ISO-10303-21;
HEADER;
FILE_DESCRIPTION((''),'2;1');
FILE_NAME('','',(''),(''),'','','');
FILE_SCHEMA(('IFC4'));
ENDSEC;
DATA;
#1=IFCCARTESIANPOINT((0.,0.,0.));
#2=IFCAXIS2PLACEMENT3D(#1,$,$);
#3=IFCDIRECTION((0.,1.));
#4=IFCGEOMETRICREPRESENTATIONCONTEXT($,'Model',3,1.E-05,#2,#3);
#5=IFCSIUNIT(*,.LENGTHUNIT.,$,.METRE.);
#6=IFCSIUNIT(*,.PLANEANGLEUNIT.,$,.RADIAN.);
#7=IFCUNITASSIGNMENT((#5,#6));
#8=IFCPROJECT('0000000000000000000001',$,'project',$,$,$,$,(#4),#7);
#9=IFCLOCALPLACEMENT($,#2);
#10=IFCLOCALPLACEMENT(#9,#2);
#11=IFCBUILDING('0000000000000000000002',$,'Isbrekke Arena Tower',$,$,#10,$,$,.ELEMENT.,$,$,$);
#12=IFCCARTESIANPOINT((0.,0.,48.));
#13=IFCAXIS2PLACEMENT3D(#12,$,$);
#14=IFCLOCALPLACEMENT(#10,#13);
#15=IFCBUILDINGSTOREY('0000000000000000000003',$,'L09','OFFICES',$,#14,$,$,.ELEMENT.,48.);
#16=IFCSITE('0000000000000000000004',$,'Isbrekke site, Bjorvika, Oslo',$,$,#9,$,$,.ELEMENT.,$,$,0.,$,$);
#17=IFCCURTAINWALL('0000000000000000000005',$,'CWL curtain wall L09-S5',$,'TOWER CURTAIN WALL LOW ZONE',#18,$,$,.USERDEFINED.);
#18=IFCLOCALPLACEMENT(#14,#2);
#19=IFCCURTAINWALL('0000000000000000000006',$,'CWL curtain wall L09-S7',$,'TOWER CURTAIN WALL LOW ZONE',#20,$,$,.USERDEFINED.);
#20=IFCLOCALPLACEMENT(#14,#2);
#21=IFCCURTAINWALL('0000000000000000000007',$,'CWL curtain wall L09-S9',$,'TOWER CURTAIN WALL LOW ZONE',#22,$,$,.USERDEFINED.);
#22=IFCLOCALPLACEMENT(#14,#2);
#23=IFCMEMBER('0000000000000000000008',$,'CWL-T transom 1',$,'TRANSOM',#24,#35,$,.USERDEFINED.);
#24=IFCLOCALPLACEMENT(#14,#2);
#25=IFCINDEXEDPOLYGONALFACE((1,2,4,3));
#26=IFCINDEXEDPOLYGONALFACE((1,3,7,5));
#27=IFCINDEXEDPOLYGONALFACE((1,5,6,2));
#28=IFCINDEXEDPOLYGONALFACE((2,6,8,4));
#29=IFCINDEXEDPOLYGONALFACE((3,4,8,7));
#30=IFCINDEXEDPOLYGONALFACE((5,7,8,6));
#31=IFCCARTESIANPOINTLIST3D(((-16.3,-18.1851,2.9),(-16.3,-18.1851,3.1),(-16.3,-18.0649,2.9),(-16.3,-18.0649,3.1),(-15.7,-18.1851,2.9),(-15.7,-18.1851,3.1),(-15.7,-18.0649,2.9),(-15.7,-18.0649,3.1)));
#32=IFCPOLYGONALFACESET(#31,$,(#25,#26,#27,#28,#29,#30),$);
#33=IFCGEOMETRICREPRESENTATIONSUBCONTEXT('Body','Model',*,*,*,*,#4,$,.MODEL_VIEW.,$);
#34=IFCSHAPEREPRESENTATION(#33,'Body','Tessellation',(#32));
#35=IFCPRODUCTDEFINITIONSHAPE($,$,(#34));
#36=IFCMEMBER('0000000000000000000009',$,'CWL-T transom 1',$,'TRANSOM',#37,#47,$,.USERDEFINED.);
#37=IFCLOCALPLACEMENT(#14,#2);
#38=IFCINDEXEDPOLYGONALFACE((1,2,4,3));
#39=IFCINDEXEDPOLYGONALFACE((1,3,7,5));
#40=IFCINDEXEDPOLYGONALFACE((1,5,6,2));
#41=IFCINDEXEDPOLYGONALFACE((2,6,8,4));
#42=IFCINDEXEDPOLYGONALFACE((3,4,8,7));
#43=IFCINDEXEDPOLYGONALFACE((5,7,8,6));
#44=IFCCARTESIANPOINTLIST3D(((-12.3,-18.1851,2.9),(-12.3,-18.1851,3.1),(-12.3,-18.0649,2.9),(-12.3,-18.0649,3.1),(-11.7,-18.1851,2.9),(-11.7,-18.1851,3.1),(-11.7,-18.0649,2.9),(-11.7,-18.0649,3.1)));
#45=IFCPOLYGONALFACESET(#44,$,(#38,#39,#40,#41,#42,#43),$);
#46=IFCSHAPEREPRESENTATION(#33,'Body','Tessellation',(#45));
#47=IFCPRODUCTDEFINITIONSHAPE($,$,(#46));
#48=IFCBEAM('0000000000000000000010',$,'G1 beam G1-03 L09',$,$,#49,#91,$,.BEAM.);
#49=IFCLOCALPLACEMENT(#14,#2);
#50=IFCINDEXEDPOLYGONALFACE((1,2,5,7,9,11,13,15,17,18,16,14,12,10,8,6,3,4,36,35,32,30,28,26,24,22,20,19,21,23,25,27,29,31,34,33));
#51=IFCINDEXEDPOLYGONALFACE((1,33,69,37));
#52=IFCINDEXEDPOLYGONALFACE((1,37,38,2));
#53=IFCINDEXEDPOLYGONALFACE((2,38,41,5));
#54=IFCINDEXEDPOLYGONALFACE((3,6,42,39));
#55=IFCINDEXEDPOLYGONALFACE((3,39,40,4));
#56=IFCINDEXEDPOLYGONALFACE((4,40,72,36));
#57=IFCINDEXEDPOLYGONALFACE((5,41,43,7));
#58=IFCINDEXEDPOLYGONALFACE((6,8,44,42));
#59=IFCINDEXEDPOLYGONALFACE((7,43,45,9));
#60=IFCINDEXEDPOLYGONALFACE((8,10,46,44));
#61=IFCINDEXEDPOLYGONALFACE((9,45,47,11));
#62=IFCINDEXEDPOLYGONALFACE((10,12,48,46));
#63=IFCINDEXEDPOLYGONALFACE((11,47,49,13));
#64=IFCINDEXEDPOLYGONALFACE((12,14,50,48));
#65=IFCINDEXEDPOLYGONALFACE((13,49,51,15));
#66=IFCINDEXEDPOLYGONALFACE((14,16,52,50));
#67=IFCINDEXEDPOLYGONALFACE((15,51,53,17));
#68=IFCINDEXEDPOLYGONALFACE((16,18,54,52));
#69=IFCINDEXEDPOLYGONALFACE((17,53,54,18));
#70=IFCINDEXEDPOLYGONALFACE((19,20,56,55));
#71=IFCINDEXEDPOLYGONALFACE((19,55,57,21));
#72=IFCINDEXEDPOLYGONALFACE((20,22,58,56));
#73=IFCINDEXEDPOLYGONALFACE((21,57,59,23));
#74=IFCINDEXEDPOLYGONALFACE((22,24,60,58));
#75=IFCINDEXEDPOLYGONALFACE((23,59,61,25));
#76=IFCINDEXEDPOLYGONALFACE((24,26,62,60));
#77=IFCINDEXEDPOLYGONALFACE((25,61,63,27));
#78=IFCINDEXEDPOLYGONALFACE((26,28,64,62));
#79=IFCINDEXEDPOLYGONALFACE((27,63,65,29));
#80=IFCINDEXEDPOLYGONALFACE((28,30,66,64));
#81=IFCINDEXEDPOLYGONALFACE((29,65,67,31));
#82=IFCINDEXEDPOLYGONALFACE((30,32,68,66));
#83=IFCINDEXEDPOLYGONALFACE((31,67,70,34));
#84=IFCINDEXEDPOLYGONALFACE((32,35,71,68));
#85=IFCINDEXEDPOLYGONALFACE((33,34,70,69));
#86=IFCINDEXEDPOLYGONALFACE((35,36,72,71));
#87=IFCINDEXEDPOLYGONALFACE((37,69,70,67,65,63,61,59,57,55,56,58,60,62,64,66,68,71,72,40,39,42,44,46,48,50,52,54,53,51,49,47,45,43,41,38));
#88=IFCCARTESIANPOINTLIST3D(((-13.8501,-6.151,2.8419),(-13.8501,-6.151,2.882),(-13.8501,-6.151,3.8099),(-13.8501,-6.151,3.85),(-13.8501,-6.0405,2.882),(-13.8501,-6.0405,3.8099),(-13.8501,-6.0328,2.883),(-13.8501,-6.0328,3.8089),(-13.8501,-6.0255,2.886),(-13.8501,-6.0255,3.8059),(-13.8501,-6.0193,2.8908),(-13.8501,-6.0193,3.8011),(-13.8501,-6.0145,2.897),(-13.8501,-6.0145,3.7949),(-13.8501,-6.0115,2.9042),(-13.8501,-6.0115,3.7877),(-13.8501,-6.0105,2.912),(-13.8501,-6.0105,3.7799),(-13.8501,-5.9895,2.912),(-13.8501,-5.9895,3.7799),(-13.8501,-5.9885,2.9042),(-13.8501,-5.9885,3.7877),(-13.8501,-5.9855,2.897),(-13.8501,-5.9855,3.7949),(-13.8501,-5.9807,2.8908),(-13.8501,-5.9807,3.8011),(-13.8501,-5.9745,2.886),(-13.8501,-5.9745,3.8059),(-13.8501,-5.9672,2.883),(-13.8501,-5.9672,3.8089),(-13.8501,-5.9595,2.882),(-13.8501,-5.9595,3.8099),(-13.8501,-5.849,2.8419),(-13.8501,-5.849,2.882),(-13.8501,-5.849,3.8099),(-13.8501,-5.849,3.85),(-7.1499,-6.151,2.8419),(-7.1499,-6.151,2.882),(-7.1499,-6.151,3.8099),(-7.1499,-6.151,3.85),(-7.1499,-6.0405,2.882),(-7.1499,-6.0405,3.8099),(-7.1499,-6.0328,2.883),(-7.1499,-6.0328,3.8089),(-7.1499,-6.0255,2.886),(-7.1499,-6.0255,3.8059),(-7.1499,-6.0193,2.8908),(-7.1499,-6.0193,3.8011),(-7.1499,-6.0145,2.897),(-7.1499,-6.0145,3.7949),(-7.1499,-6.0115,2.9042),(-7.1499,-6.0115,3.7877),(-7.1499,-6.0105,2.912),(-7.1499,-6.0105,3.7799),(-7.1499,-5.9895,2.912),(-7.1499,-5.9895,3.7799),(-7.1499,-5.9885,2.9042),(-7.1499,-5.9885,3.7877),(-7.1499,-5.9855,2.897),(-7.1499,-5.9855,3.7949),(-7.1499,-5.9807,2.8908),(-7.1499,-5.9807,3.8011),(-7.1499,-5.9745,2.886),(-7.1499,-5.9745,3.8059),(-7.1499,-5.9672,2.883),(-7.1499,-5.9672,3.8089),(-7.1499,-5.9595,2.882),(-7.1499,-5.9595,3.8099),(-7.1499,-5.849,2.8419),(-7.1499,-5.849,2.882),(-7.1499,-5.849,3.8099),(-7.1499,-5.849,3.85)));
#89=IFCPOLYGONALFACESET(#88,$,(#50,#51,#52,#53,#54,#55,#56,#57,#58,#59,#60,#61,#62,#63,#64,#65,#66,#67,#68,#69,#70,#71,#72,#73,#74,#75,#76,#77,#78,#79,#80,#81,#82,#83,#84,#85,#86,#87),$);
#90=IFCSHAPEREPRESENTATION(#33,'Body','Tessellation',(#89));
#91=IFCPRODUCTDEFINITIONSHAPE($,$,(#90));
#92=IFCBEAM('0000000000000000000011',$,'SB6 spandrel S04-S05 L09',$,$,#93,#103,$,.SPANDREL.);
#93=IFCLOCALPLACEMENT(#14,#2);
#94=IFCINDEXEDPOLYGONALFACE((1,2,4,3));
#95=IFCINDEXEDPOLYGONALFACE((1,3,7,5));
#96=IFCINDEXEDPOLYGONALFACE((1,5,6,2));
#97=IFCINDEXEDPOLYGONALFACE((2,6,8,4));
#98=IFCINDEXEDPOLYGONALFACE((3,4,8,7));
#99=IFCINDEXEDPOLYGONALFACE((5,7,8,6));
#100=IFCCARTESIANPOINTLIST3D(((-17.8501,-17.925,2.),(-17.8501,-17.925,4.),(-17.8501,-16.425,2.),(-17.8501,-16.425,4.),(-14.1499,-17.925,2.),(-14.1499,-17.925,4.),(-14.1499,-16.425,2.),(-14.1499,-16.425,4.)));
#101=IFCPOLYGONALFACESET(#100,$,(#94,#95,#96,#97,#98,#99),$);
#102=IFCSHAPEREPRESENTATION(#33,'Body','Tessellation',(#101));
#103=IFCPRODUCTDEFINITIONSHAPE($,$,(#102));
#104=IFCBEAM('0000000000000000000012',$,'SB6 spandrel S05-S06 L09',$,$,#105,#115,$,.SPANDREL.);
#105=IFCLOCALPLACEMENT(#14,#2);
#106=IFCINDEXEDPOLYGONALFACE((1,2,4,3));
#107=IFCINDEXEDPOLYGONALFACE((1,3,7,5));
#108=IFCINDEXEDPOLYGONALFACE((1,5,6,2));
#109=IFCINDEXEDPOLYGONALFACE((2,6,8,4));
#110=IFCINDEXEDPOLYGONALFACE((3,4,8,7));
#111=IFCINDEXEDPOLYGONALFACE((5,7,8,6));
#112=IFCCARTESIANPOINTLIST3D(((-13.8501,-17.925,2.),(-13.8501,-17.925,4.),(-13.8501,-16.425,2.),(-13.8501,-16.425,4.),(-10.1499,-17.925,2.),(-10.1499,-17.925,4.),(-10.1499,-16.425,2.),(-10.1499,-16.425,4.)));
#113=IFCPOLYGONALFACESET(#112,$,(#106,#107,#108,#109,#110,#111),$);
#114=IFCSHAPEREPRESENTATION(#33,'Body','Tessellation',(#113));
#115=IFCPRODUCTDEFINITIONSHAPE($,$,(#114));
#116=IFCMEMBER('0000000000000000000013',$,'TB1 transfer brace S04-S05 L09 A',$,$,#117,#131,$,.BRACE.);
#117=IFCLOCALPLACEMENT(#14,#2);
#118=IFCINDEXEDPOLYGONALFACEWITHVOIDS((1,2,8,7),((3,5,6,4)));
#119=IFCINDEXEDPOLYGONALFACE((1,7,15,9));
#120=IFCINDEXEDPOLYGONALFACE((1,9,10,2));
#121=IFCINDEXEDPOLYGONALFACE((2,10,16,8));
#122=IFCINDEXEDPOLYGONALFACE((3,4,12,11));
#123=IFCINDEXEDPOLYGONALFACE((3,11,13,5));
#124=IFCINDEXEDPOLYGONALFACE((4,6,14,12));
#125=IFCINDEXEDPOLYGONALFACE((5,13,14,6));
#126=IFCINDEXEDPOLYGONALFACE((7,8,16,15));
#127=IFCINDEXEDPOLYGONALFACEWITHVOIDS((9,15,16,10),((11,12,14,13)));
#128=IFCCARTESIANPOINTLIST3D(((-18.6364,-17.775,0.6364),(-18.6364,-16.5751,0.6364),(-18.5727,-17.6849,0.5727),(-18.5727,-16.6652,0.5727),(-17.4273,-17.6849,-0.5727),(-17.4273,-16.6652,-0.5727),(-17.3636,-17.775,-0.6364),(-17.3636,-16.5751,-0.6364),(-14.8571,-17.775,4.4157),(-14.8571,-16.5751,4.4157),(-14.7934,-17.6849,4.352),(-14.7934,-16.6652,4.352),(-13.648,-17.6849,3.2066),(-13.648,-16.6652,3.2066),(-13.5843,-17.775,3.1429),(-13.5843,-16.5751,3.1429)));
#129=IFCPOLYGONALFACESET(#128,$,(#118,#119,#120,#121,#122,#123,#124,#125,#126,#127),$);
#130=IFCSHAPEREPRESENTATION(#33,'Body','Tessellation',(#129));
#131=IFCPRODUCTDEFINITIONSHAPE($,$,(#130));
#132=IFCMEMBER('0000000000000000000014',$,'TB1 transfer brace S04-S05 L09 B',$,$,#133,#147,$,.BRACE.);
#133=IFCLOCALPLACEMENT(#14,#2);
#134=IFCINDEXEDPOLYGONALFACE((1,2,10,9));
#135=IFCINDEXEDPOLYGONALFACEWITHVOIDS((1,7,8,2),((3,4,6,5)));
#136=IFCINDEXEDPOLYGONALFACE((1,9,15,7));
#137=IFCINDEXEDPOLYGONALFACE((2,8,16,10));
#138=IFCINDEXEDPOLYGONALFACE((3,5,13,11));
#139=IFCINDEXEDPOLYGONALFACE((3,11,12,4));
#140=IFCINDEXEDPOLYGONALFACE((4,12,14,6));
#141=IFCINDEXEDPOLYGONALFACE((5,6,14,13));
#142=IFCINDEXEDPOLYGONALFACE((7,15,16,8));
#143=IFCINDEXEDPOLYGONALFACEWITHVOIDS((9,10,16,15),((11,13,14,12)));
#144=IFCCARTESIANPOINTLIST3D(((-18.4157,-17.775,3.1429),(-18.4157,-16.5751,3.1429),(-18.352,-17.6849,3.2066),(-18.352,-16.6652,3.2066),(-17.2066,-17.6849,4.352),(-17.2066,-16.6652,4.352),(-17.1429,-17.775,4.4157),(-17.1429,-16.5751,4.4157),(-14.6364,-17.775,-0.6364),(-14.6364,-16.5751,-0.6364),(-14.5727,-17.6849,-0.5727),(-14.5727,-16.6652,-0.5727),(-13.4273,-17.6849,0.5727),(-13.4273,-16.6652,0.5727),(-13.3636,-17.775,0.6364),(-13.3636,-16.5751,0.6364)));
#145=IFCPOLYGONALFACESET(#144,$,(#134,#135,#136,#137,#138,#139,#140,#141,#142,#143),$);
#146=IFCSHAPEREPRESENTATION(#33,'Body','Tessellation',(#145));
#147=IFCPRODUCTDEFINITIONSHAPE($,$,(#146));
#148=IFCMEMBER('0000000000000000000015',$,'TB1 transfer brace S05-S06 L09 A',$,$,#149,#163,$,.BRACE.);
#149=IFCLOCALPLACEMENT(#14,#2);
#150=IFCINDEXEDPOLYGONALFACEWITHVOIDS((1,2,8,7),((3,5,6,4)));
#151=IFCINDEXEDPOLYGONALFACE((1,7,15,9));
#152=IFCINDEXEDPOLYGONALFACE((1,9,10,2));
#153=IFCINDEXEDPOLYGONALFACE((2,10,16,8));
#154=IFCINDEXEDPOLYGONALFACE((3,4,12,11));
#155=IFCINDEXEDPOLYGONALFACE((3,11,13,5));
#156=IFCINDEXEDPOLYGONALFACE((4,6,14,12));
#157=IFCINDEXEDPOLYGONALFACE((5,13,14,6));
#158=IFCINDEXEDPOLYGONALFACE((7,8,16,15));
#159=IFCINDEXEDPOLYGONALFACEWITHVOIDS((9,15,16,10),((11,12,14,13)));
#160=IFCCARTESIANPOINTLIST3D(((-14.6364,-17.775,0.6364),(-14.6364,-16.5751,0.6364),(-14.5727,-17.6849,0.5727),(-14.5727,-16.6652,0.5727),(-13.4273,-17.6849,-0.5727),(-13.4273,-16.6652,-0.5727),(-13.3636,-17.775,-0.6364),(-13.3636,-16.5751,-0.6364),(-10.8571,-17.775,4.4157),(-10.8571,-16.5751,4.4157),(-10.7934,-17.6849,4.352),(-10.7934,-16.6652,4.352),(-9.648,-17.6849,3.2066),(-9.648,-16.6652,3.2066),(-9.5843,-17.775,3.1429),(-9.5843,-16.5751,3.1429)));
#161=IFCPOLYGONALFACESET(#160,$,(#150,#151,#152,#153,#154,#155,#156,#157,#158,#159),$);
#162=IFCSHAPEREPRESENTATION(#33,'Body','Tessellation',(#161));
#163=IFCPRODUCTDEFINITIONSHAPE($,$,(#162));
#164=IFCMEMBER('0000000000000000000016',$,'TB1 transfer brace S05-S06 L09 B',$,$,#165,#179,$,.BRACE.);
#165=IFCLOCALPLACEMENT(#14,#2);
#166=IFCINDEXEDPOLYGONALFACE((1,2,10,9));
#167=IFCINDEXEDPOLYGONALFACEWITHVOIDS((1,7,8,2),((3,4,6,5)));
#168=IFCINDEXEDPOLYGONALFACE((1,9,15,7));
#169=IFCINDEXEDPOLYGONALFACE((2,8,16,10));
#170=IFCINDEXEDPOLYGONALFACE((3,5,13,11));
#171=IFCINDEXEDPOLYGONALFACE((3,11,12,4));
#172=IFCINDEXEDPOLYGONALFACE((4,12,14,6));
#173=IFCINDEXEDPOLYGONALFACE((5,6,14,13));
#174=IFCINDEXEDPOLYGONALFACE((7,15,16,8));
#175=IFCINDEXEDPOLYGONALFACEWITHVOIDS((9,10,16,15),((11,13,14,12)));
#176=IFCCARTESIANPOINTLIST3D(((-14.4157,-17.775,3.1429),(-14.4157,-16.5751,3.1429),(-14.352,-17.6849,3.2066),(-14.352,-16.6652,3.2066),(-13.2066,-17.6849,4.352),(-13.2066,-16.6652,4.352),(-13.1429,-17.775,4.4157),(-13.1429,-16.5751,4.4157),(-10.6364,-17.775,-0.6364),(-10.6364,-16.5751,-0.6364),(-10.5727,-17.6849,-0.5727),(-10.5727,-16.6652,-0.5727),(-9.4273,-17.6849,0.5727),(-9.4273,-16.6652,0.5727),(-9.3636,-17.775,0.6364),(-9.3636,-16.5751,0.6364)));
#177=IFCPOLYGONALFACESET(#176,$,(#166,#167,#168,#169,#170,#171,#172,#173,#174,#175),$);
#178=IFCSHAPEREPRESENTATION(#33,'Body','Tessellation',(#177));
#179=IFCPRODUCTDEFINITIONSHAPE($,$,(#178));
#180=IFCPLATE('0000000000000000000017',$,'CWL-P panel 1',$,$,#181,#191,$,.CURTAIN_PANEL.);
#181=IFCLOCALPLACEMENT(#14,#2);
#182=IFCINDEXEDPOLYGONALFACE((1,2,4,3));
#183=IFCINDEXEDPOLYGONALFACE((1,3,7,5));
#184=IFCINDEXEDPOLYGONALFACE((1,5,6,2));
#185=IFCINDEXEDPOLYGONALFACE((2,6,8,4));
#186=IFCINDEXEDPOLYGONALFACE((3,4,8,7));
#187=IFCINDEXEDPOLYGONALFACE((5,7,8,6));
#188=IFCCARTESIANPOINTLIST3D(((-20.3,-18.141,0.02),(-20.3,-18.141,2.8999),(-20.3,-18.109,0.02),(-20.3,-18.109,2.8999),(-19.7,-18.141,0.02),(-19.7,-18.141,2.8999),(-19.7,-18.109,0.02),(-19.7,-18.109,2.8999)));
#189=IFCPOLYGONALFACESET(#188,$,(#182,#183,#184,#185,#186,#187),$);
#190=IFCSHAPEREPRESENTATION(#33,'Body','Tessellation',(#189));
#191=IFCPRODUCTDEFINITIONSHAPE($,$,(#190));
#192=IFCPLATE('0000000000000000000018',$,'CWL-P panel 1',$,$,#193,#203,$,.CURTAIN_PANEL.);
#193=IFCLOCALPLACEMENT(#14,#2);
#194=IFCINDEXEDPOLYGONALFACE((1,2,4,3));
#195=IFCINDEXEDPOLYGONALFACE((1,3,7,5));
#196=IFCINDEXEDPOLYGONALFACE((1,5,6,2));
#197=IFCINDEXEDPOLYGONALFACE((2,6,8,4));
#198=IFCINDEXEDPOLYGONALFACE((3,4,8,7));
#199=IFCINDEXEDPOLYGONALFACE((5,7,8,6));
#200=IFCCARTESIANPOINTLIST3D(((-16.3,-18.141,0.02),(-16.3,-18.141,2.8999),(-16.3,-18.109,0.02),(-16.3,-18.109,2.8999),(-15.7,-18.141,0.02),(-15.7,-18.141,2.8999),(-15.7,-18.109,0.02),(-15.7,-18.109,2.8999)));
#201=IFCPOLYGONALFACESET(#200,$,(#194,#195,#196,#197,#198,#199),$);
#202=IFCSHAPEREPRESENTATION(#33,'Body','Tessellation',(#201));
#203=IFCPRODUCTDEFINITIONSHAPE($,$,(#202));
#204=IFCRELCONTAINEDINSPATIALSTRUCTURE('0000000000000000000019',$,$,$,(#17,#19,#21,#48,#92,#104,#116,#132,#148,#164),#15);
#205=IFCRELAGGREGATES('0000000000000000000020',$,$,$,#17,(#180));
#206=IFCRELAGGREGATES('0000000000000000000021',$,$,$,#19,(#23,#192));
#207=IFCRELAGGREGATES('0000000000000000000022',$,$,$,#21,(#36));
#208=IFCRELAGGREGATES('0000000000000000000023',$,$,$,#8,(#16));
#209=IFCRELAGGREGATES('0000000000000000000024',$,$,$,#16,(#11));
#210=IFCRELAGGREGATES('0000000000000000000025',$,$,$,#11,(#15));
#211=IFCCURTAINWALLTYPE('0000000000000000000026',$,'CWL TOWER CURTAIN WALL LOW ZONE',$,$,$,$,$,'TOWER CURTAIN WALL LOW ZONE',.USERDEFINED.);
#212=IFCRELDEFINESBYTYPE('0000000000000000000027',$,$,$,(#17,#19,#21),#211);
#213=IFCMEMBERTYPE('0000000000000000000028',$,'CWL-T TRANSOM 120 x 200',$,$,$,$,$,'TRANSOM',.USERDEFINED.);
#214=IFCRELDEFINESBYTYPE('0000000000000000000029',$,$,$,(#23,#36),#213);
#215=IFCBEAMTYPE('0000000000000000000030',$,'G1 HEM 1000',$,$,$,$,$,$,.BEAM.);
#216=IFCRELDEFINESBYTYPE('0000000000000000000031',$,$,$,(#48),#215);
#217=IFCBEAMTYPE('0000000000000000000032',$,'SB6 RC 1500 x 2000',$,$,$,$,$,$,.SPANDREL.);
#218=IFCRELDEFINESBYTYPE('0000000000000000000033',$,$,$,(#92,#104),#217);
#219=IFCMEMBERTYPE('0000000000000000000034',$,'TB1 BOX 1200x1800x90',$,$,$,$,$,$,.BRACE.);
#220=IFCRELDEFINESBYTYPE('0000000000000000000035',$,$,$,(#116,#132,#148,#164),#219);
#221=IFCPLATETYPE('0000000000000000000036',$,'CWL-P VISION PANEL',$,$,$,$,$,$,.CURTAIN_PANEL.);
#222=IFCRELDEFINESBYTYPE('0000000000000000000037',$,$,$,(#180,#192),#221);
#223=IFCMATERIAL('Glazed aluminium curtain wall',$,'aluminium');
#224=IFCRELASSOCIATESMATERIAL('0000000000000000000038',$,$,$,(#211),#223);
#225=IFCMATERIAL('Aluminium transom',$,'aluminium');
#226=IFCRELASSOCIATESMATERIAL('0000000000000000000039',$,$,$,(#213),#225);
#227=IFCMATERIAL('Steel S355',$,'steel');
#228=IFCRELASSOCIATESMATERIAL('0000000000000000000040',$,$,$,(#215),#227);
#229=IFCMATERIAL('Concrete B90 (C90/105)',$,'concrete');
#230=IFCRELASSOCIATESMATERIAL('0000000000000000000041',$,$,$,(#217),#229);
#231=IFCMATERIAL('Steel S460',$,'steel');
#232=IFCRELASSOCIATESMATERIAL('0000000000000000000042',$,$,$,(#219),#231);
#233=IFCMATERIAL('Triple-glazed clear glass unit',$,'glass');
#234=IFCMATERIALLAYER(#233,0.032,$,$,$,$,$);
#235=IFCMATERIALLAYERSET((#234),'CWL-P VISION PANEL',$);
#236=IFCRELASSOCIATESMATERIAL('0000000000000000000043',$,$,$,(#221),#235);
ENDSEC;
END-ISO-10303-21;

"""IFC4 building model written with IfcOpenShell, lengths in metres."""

from ifc_helpers import new_model, si_unit, direction, frame, origin, origin_2d, place, context, subcontext, project, spatial, rectangle, hollow_rectangle, i_section, extrude, material, layer, layer_set, material_profile, profile_set, type_object, element, aggregate, save


model = new_model("IFC4")

# Units and contexts
model_context = context("Model", 3, precision=1e-05, world=origin(), true_north=direction((0.0, 1.0)))
body_context = subcontext(model_context, "Body", "Model", "MODEL_VIEW")
ifc_project = project(units=[si_unit("LENGTHUNIT", "METRE"), si_unit("PLANEANGLEUNIT", "RADIAN")], contexts=[model_context])

# Site, building, storey
site_placement = place(None, origin())
site = spatial("IfcSite", under=ifc_project, at=site_placement, Name="Isbrekke site, Bjorvika, Oslo", CompositionType="ELEMENT", RefElevation=0.0)
building_placement = place(site_placement, origin())
building = spatial("IfcBuilding", under=site, at=building_placement, Name="Isbrekke Arena Tower", CompositionType="ELEMENT")
storey_placement = place(building_placement, frame((0.0, 0.0, 48.0)))
storey = spatial("IfcBuildingStorey", under=building, at=storey_placement, Name="L09", Description="OFFICES", CompositionType="ELEMENT", Elevation=48.0)

# Curtain walls
ifc_material_1 = material(Name="Glazed aluminium curtain wall", Category="aluminium")
curtain_wall_type = type_object("IfcCurtainWallType", Name="CWL TOWER CURTAIN WALL LOW ZONE", ElementType="TOWER CURTAIN WALL LOW ZONE", PredefinedType="USERDEFINED", material=ifc_material_1)
curtain_wall_1_placement = place(storey_placement, origin())
curtain_wall_1 = element("IfcCurtainWall", 1, at=curtain_wall_1_placement, inside=storey, type_object=curtain_wall_type, Name="CWL curtain wall L09-S5", ObjectType="TOWER CURTAIN WALL LOW ZONE", PredefinedType="USERDEFINED")
curtain_wall_2_placement = place(storey_placement, origin())
curtain_wall_2 = element("IfcCurtainWall", 2, at=curtain_wall_2_placement, inside=storey, type_object=curtain_wall_type, Name="CWL curtain wall L09-S7", ObjectType="TOWER CURTAIN WALL LOW ZONE", PredefinedType="USERDEFINED")
curtain_wall_3_placement = place(storey_placement, origin())
curtain_wall_3 = element("IfcCurtainWall", 3, at=curtain_wall_3_placement, inside=storey, type_object=curtain_wall_type, Name="CWL curtain wall L09-S9", ObjectType="TOWER CURTAIN WALL LOW ZONE", PredefinedType="USERDEFINED")

# Members
ifc_material_2 = material(Name="Aluminium transom", Category="aluminium")
ifc_material_profile_1 = material_profile(ifc_material_2, rectangle(XDim=0.1201, YDim=0.2, at=origin_2d()), Name="TRANSOM 120X200")
ifc_profile_set_1 = profile_set([ifc_material_profile_1], Name="Aluminium transom")
member_type_1 = type_object("IfcMemberType", Name="CWL-T TRANSOM 120 x 200", ElementType="TRANSOM", PredefinedType="USERDEFINED", material=ifc_profile_set_1)
member_1_placement = place(storey_placement, frame((-16.3, -18.125, 3.0), z_axis=(1.0, 0.0, 0.0), x_axis=(0.0, 1.0, 0.0)))
member_1 = element("IfcMember", 4, at=member_1_placement, type_object=member_type_1, Name="CWL-T transom 1", ObjectType="TRANSOM", PredefinedType="USERDEFINED", context=body_context, shape_type="SweptSolid", body=[
    extrude(rectangle(XDim=0.1201, YDim=0.2, at=origin_2d()), origin(), (0.0, 0.0, 1.0), 0.6001),
])
member_2_placement = place(storey_placement, frame((-12.3, -18.125, 3.0), z_axis=(1.0, 0.0, 0.0), x_axis=(0.0, 1.0, 0.0)))
member_2 = element("IfcMember", 5, at=member_2_placement, type_object=member_type_1, Name="CWL-T transom 1", ObjectType="TRANSOM", PredefinedType="USERDEFINED", context=body_context, shape_type="SweptSolid", body=[
    extrude(rectangle(XDim=0.1201, YDim=0.2, at=origin_2d()), origin(), (0.0, 0.0, 1.0), 0.6001),
])

# Beams
ifc_material_3 = material(Name="Steel S355", Category="steel")
ifc_material_profile_2 = material_profile(ifc_material_3, i_section(OverallWidth=0.302, OverallDepth=1.0081, WebThickness=0.021, FlangeThickness=0.04, FilletRadius=0.03, at=origin_2d()), Name="HEM 1000")
ifc_profile_set_2 = profile_set([ifc_material_profile_2], Name="Steel S355")
beam_type_1 = type_object("IfcBeamType", Name="G1 HEM 1000", PredefinedType="BEAM", material=ifc_profile_set_2)
beam_1_placement = place(storey_placement, frame((-13.8501, -6.0, 3.3459), z_axis=(1.0, 0.0, 0.0), x_axis=(0.0, 1.0, 0.0)))
element("IfcBeam", 6, at=beam_1_placement, inside=storey, type_object=beam_type_1, Name="G1 beam G1-03 L09", PredefinedType="BEAM", context=body_context, shape_type="SweptSolid", body=[
    extrude(i_section(OverallWidth=0.302, OverallDepth=1.0081, WebThickness=0.021, FlangeThickness=0.04, FilletRadius=0.03, at=origin_2d()), origin(), (0.0, 0.0, 1.0), 6.7002),
])
ifc_material_4 = material(Name="Concrete B90 (C90/105)", Category="concrete")
ifc_material_profile_3 = material_profile(ifc_material_4, rectangle(XDim=1.5, YDim=2.0, at=origin_2d()), Name="RC 1500x2000")
ifc_profile_set_3 = profile_set([ifc_material_profile_3], Name="Concrete B90 (C90/105)")
beam_type_2 = type_object("IfcBeamType", Name="SB6 RC 1500 x 2000", PredefinedType="SPANDREL", material=ifc_profile_set_3)
for number, where, z_axis, x_axis, name in (
    (7, (-17.8501, -17.175, 3.0), (1.0, 0.0, 0.0), (0.0, 1.0, 0.0), "SB6 spandrel S04-S05 L09"),
    (8, (-13.8501, -17.175, 3.0), (1.0, 0.0, 0.0), (0.0, 1.0, 0.0), "SB6 spandrel S05-S06 L09"),
):
    element("IfcBeam", number, at=place(storey_placement, frame(where, z_axis=z_axis, x_axis=x_axis)), inside=storey, type_object=beam_type_2, Name=name, PredefinedType="SPANDREL", context=body_context, shape_type="SweptSolid", body=[
        extrude(rectangle(XDim=1.5, YDim=2.0, at=origin_2d()), origin(), (0.0, 0.0, 1.0), 3.7002),
    ])

# Members
ifc_material_5 = material(Name="Steel S460", Category="steel")
ifc_material_profile_4 = material_profile(ifc_material_5, hollow_rectangle(XDim=1.2, YDim=1.8, WallThickness=0.0901, at=origin_2d()), Name="BOX 1200x1800x90")
ifc_profile_set_4 = profile_set([ifc_material_profile_4], Name="Steel S460")
member_type_2 = type_object("IfcMemberType", Name="TB1 BOX 1200x1800x90", PredefinedType="BRACE", material=ifc_profile_set_4)
for number, where, z_axis, x_axis, name in (
    (9, (-18.0, -17.175, 0.0), (0.707107, 0.0, 0.707107), (0.0, 1.0, 0.0), "TB1 transfer brace S04-S05 L09 A"),
    (10, (-17.7793, -17.175, 3.7793), (0.707107, 0.0, -0.707107), (0.0, 1.0, 0.0), "TB1 transfer brace S04-S05 L09 B"),
    (11, (-14.0, -17.175, 0.0), (0.707107, 0.0, 0.707107), (0.0, 1.0, 0.0), "TB1 transfer brace S05-S06 L09 A"),
    (12, (-13.7793, -17.175, 3.7793), (0.707107, 0.0, -0.707107), (0.0, 1.0, 0.0), "TB1 transfer brace S05-S06 L09 B"),
):
    element("IfcMember", number, at=place(storey_placement, frame(where, z_axis=z_axis, x_axis=x_axis)), inside=storey, type_object=member_type_2, Name=name, PredefinedType="BRACE", context=body_context, shape_type="SweptSolid", body=[
        extrude(hollow_rectangle(XDim=1.2, YDim=1.8, WallThickness=0.0901, at=origin_2d()), origin(), (0.0, 0.0, 1.0), 5.3447),
    ])

# Plates
ifc_material_6 = material(Name="Triple-glazed clear glass unit", Category="glass")
ifc_layer_1 = layer(ifc_material_6, 0.032)
ifc_layer_set_1 = layer_set([ifc_layer_1], Name="CWL-P VISION PANEL")
plate_type = type_object("IfcPlateType", Name="CWL-P VISION PANEL", PredefinedType="CURTAIN_PANEL", material=ifc_layer_set_1)
plate_1_placement = place(storey_placement, frame((-20.0, -18.125, 0.02), z_axis=(0.0, 0.0, 1.0), x_axis=(1.0, 0.0, 0.0)))
plate_1 = element("IfcPlate", 13, at=plate_1_placement, type_object=plate_type, Name="CWL-P panel 1", PredefinedType="CURTAIN_PANEL", context=body_context, shape_type="SweptSolid", body=[
    extrude(rectangle(XDim=0.6001, YDim=0.032, at=origin_2d()), origin(), (0.0, 0.0, 1.0), 2.8799),
])
aggregate(curtain_wall_1, [plate_1])
plate_2_placement = place(storey_placement, frame((-16.0, -18.125, 0.02), z_axis=(0.0, 0.0, 1.0), x_axis=(1.0, 0.0, 0.0)))
plate_2 = element("IfcPlate", 14, at=plate_2_placement, type_object=plate_type, Name="CWL-P panel 1", PredefinedType="CURTAIN_PANEL", context=body_context, shape_type="SweptSolid", body=[
    extrude(rectangle(XDim=0.6001, YDim=0.032, at=origin_2d()), origin(), (0.0, 0.0, 1.0), 2.8799),
])
aggregate(curtain_wall_2, [member_1, plate_2])
aggregate(curtain_wall_3, [member_2])

save(model, "model.ifc")
